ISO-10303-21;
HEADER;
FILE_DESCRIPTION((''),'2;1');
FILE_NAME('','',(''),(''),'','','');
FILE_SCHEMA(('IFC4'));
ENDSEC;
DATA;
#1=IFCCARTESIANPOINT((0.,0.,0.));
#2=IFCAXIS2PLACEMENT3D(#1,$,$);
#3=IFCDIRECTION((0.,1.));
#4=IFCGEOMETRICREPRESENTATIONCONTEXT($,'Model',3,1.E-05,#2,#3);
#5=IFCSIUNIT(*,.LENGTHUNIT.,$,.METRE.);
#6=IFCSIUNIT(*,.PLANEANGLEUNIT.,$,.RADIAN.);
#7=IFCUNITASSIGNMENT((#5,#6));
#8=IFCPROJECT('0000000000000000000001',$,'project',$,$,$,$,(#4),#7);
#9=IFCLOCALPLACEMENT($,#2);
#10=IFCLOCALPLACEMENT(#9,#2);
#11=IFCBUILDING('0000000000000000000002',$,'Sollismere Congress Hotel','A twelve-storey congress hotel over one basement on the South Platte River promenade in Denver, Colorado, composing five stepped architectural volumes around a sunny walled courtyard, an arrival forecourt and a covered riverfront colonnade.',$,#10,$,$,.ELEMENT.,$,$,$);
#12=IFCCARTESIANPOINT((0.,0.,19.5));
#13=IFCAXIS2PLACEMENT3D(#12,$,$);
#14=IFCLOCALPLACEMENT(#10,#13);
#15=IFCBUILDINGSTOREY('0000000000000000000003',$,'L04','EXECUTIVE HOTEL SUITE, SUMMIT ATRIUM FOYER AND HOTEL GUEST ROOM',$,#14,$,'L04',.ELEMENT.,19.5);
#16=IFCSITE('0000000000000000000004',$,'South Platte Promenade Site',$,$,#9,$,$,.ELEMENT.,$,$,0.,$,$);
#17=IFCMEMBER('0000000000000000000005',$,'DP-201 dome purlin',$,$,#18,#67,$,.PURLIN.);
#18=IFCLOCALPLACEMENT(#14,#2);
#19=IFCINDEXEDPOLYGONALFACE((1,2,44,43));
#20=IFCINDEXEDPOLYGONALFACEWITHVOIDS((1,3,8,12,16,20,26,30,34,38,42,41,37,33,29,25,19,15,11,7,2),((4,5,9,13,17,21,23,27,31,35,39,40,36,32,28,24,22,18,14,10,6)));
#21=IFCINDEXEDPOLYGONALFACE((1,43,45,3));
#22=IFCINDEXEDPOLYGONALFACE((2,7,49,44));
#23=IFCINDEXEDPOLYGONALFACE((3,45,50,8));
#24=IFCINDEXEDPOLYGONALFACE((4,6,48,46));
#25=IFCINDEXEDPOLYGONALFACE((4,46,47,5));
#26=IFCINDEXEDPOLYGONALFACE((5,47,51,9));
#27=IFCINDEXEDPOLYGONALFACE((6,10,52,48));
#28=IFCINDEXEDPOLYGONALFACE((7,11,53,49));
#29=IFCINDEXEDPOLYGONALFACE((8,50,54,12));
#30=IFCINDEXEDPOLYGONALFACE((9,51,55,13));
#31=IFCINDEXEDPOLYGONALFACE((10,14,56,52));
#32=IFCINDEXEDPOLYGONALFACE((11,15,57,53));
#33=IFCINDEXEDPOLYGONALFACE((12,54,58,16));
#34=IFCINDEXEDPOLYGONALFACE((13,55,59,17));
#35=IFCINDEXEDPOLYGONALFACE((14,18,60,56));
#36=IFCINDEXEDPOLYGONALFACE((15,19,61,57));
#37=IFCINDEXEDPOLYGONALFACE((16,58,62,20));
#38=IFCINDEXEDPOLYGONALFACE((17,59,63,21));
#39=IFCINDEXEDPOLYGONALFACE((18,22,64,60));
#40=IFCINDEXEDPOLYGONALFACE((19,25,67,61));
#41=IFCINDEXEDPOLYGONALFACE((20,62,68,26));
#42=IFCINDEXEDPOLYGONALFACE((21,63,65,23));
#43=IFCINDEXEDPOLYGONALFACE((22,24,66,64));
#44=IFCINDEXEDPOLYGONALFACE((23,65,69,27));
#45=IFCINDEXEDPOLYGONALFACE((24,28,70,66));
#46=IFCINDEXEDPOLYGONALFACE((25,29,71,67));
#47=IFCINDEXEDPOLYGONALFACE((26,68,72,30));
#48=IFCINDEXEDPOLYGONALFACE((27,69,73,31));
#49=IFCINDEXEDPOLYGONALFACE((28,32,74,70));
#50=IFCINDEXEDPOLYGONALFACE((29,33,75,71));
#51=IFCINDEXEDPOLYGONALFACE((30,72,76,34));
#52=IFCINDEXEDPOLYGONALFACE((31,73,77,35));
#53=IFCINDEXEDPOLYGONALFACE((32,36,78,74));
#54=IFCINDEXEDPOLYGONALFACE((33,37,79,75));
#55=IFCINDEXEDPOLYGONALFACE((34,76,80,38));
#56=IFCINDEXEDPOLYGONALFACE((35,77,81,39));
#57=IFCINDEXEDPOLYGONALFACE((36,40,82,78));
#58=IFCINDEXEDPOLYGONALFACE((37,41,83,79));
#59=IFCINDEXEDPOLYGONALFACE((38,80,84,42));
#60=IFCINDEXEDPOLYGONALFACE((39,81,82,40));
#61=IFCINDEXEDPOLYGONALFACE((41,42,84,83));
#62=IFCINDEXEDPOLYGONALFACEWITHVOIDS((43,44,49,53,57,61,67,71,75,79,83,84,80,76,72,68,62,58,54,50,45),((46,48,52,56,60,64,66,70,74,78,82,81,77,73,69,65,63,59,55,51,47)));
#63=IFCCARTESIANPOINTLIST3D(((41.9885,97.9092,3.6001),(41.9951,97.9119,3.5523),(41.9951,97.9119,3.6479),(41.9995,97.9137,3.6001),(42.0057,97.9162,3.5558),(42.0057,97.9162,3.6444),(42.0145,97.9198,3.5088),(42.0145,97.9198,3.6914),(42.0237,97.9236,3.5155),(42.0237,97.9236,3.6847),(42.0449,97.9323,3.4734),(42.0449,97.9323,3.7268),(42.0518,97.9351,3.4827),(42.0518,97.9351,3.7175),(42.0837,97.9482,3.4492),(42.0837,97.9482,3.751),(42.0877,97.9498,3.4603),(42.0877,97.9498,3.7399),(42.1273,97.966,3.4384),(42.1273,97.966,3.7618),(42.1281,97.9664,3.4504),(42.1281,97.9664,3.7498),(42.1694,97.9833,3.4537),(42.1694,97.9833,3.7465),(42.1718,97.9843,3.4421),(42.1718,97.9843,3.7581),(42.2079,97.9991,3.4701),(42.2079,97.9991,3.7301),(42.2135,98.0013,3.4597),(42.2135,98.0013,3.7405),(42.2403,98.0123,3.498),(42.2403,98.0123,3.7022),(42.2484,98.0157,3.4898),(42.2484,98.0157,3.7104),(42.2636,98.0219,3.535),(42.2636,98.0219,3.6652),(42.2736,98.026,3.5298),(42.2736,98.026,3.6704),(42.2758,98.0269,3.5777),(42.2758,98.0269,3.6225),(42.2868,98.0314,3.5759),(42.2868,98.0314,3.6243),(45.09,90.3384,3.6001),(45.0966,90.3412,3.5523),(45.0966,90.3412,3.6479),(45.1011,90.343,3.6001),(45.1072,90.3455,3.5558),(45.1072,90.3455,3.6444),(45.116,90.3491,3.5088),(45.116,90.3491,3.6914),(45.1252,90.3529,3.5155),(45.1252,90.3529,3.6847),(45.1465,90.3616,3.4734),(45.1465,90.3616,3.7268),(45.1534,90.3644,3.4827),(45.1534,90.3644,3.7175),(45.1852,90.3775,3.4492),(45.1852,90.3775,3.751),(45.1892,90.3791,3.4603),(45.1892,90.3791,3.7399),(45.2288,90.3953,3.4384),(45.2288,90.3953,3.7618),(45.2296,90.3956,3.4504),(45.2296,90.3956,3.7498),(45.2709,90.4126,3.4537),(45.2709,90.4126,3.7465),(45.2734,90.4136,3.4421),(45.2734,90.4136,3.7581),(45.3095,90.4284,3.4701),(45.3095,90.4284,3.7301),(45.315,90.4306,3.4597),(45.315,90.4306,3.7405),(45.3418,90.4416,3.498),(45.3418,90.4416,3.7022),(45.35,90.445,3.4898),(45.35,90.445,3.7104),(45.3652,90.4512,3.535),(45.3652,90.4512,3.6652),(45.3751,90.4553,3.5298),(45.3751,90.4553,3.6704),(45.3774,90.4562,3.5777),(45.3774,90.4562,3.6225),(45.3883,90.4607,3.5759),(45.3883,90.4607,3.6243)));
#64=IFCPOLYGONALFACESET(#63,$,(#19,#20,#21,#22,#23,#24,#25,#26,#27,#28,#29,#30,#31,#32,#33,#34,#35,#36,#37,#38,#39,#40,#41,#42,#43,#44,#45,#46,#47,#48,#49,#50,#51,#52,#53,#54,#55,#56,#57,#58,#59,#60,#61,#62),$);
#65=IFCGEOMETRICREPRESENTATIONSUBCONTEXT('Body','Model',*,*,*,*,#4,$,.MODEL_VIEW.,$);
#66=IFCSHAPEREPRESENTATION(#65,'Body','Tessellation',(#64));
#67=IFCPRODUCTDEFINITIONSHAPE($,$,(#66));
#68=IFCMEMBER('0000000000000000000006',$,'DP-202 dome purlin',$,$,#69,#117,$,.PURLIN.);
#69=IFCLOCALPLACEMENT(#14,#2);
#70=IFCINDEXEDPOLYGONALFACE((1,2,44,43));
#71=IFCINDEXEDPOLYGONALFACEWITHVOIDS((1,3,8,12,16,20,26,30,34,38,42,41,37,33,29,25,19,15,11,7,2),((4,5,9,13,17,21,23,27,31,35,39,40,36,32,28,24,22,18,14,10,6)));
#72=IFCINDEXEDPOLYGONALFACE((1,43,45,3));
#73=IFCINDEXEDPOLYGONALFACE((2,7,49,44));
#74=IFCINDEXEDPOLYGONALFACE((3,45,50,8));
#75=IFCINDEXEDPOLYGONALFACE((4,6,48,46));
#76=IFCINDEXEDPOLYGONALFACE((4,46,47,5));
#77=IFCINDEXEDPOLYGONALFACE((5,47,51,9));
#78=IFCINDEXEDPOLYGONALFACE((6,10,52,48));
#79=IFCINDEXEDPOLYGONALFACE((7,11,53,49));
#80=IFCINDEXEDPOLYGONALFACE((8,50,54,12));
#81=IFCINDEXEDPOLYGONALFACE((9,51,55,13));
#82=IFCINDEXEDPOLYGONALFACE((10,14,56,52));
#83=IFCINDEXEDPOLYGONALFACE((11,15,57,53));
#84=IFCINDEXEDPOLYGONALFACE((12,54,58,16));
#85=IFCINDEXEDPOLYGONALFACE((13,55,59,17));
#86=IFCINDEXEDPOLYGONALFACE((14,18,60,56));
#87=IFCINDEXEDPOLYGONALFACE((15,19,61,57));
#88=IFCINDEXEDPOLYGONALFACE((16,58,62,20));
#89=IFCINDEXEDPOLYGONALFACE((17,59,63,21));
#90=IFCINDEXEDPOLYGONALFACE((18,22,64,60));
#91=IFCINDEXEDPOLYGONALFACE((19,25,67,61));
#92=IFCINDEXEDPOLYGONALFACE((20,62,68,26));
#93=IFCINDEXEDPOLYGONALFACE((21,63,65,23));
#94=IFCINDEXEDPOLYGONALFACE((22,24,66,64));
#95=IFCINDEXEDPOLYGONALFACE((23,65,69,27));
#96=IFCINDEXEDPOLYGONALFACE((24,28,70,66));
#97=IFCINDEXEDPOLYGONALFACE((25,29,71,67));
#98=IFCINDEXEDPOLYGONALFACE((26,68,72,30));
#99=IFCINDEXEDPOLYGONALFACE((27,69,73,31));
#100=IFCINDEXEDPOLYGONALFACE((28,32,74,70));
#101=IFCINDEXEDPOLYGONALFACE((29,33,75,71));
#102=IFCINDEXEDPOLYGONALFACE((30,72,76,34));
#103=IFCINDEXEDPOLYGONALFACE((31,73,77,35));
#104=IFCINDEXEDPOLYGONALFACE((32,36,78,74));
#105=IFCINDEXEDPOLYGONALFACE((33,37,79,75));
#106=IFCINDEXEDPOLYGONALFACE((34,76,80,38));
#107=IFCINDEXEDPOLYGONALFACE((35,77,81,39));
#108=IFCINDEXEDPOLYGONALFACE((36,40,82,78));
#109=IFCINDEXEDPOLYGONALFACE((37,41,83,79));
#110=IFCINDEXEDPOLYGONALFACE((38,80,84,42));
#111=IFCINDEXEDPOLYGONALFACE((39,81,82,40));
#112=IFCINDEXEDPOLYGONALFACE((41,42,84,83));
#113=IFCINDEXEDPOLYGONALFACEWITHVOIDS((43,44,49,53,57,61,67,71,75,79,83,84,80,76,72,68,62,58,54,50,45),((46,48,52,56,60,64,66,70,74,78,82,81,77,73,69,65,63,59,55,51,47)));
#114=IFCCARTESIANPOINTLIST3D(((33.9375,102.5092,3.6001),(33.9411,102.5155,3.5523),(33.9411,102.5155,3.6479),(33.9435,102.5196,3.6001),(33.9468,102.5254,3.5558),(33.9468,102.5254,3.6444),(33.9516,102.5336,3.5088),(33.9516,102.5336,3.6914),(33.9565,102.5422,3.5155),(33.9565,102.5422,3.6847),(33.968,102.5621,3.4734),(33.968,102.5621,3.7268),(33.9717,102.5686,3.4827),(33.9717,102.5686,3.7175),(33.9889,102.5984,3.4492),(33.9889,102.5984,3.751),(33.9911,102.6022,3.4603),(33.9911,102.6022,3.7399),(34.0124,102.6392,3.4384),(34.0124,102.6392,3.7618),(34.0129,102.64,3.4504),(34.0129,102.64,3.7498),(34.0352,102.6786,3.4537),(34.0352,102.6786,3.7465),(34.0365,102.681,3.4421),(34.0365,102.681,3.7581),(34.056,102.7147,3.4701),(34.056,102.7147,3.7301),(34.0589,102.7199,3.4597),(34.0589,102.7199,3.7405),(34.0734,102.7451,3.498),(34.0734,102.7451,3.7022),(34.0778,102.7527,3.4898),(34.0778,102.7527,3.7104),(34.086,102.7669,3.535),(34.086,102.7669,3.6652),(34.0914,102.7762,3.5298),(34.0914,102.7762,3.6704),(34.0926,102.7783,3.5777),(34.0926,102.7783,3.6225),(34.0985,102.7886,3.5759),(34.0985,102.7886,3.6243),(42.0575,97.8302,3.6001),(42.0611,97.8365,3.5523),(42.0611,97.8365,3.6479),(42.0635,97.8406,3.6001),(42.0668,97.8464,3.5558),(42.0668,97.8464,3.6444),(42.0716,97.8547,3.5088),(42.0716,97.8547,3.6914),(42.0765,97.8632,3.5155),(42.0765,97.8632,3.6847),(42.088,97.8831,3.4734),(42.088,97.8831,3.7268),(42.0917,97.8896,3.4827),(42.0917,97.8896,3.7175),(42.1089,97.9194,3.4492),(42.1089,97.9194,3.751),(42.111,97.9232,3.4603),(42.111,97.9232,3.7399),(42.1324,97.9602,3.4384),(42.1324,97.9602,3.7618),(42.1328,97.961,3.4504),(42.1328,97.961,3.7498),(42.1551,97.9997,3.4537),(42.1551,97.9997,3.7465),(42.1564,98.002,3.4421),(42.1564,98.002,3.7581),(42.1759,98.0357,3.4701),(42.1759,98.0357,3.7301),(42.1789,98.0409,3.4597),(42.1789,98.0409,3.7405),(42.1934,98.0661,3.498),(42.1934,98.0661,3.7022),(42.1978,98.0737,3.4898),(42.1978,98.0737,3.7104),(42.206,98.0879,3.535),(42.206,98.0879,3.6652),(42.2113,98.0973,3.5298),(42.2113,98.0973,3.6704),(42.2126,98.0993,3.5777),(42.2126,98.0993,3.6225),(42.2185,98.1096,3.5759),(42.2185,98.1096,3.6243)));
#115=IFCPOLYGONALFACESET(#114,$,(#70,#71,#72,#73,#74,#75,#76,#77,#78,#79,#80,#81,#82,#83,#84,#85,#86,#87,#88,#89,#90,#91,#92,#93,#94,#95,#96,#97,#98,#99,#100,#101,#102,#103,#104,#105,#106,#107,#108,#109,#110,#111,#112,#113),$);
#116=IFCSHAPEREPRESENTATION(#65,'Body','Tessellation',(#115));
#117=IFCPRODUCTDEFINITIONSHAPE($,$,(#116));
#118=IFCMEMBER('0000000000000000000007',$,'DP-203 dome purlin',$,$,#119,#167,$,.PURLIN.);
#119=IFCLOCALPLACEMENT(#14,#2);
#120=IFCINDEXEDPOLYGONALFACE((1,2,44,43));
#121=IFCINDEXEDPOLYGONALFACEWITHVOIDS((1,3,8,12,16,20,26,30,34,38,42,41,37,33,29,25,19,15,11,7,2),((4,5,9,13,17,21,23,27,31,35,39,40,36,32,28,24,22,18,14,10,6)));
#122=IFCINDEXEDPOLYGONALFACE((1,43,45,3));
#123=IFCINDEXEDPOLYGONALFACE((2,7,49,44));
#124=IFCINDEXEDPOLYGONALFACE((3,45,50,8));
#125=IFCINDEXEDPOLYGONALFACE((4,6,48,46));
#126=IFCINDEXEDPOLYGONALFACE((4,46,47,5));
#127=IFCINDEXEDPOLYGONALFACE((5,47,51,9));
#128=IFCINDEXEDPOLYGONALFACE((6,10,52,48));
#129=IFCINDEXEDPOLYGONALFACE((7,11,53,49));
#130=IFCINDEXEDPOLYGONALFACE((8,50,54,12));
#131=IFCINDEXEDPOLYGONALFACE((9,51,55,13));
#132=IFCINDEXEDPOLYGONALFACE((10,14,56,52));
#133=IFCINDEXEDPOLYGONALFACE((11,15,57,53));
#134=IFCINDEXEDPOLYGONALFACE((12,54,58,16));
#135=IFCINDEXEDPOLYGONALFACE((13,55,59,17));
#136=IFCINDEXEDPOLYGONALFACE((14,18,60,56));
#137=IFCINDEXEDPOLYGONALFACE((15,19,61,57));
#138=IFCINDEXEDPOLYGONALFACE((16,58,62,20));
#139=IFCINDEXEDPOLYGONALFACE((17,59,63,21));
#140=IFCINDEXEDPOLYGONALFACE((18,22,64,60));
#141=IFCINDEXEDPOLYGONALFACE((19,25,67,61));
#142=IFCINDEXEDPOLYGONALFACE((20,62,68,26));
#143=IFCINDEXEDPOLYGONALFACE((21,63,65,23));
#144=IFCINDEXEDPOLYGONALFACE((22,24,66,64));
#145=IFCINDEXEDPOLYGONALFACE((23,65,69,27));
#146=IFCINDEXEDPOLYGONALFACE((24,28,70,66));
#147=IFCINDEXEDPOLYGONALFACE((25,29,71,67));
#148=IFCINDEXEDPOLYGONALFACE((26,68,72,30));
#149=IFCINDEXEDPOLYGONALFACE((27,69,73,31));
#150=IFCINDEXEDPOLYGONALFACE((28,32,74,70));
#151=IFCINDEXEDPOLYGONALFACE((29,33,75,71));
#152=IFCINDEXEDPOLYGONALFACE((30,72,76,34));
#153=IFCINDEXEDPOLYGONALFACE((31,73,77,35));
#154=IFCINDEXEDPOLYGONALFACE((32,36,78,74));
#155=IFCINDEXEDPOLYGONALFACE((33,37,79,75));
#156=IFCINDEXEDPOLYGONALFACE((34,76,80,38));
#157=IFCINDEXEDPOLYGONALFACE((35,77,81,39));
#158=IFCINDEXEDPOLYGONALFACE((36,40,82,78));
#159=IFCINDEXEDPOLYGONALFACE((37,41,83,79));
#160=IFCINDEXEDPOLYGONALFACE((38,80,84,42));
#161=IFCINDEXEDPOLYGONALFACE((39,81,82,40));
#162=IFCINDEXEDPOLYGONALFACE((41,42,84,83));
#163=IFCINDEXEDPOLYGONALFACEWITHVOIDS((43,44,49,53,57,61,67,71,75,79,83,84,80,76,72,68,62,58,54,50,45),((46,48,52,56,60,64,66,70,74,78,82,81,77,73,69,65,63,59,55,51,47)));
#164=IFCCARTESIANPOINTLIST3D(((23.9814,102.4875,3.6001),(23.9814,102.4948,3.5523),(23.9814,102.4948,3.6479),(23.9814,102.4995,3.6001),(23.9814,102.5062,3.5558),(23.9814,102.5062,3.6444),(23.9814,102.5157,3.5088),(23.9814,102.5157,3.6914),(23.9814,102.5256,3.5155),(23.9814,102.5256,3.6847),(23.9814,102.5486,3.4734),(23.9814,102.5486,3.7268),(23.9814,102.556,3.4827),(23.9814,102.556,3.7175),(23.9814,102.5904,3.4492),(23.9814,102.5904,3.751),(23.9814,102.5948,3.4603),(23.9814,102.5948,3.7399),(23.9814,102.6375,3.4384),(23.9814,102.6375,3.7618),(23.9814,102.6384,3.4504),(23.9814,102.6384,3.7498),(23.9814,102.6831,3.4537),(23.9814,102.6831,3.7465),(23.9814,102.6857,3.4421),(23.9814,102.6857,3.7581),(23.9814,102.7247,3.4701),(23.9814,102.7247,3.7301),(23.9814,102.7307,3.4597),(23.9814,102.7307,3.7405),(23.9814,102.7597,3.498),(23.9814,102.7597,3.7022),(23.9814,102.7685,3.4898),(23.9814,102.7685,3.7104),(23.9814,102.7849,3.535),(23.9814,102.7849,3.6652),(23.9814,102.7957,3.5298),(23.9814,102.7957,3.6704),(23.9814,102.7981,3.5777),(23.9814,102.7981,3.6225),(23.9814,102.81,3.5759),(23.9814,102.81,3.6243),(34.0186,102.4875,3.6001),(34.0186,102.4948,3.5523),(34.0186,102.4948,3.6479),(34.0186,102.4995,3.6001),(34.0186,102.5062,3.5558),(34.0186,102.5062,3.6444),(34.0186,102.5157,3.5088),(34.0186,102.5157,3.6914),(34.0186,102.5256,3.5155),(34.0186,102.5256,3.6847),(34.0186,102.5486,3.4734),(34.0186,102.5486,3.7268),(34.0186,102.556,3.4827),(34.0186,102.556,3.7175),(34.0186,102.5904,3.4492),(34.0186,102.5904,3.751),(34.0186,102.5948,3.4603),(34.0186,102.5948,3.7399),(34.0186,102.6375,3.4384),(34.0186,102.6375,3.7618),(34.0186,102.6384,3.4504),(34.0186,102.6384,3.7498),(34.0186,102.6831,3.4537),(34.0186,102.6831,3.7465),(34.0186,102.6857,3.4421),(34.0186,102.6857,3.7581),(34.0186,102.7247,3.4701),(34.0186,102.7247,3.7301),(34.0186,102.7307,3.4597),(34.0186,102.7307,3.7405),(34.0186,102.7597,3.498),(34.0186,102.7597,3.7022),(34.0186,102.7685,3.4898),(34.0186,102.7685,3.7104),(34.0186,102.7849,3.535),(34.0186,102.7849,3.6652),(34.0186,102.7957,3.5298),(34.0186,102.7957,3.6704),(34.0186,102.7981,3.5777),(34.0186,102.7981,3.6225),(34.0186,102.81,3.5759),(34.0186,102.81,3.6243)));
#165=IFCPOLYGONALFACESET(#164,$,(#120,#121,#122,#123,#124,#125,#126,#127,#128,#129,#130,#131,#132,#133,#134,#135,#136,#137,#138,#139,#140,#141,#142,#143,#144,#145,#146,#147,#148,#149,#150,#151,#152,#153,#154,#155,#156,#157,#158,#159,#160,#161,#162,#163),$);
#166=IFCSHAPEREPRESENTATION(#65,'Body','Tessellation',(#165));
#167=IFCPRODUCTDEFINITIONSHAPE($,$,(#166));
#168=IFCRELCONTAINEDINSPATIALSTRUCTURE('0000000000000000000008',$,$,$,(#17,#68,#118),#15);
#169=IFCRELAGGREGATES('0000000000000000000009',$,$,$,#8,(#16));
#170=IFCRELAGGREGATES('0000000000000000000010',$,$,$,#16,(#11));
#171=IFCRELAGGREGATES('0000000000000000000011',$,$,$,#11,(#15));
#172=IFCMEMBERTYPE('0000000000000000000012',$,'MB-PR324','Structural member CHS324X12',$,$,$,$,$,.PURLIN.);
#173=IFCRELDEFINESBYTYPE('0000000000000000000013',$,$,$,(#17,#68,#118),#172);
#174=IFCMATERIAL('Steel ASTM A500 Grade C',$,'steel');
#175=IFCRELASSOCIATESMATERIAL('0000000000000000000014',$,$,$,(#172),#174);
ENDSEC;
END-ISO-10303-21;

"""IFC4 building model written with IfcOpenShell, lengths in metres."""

from ifc_helpers import new_model, si_unit, direction, frame, origin, origin_2d, place, context, subcontext, project, spatial, hollow_circle, extrude, material, material_profile, profile_set, type_object, element, save


model = new_model("IFC4")

# Units and contexts
model_context = context("Model", 3, precision=1e-05, world=origin(), true_north=direction((0.0, 1.0)))
body_context = subcontext(model_context, "Body", "Model", "MODEL_VIEW")
ifc_project = project(units=[si_unit("LENGTHUNIT", "METRE"), si_unit("PLANEANGLEUNIT", "RADIAN")], contexts=[model_context])

# Site, building, storey
site_placement = place(None, origin())
site = spatial("IfcSite", under=ifc_project, at=site_placement, Name="South Platte Promenade Site", CompositionType="ELEMENT", RefElevation=0.0)
building_placement = place(site_placement, origin())
building = spatial("IfcBuilding", under=site, at=building_placement, Name="Sollismere Congress Hotel", Description="A twelve-storey congress hotel over one basement on the South Platte River promenade in Denver, Colorado, composing five stepped architectural volumes around a sunny walled courtyard, an arrival forecourt and a covered riverfront colonnade.", CompositionType="ELEMENT")
storey_placement = place(building_placement, frame((0.0, 0.0, 19.5)))
storey = spatial("IfcBuildingStorey", under=building, at=storey_placement, Name="L04", Description="EXECUTIVE HOTEL SUITE, SUMMIT ATRIUM FOYER AND HOTEL GUEST ROOM", LongName="L04", CompositionType="ELEMENT", Elevation=19.5)

# Members
ifc_material_1 = material(Name="Steel ASTM A500 Grade C", Category="steel")
ifc_material_profile_1 = material_profile(ifc_material_1, hollow_circle(Radius=0.1621, WallThickness=0.012, at=origin_2d()), Name="CHS324X12")
ifc_profile_set_1 = profile_set([ifc_material_profile_1], Name="Steel ASTM A500 Grade C")
member_type_1 = type_object("IfcMemberType", Name="MB-PR324", Description="Structural member CHS324X12", PredefinedType="PURLIN", material=ifc_profile_set_1)
member_1_placement = place(storey_placement, frame((45.24, 90.3999, 3.6001), z_axis=(-0.379095, 0.925358, 0.0), x_axis=(-0.925358, -0.379095, 0.0)))
element("IfcMember", 1, at=member_1_placement, inside=storey, type_object=member_type_1, Name="DP-201 dome purlin", PredefinedType="PURLIN", context=body_context, shape_type="SweptSolid", body=[
    extrude(hollow_circle(Radius=0.1621, WallThickness=0.012, at=origin_2d()), origin(), (0.0, 0.0, 1.0), 8.1814),
])
member_2_placement = place(storey_placement, frame((42.1384, 97.9707, 3.6001), z_axis=(-0.866444, 0.499275, 0.0), x_axis=(-0.499275, -0.866444, 0.0)))
element("IfcMember", 2, at=member_2_placement, inside=storey, type_object=member_type_1, Name="DP-202 dome purlin", PredefinedType="PURLIN", context=body_context, shape_type="SweptSolid", body=[
    extrude(hollow_circle(Radius=0.1621, WallThickness=0.012, at=origin_2d()), origin(), (0.0, 0.0, 1.0), 9.3716),
])
member_3_placement = place(storey_placement, frame((34.0186, 102.6497, 3.6001), z_axis=(-1.0, 0.0, 0.0), x_axis=(0.0, -1.0, 0.0)))
element("IfcMember", 3, at=member_3_placement, inside=storey, type_object=member_type_1, Name="DP-203 dome purlin", PredefinedType="PURLIN", context=body_context, shape_type="SweptSolid", body=[
    extrude(hollow_circle(Radius=0.1621, WallThickness=0.012, at=origin_2d()), origin(), (0.0, 0.0, 1.0), 10.0371),
])

save(model, "model.ifc")
